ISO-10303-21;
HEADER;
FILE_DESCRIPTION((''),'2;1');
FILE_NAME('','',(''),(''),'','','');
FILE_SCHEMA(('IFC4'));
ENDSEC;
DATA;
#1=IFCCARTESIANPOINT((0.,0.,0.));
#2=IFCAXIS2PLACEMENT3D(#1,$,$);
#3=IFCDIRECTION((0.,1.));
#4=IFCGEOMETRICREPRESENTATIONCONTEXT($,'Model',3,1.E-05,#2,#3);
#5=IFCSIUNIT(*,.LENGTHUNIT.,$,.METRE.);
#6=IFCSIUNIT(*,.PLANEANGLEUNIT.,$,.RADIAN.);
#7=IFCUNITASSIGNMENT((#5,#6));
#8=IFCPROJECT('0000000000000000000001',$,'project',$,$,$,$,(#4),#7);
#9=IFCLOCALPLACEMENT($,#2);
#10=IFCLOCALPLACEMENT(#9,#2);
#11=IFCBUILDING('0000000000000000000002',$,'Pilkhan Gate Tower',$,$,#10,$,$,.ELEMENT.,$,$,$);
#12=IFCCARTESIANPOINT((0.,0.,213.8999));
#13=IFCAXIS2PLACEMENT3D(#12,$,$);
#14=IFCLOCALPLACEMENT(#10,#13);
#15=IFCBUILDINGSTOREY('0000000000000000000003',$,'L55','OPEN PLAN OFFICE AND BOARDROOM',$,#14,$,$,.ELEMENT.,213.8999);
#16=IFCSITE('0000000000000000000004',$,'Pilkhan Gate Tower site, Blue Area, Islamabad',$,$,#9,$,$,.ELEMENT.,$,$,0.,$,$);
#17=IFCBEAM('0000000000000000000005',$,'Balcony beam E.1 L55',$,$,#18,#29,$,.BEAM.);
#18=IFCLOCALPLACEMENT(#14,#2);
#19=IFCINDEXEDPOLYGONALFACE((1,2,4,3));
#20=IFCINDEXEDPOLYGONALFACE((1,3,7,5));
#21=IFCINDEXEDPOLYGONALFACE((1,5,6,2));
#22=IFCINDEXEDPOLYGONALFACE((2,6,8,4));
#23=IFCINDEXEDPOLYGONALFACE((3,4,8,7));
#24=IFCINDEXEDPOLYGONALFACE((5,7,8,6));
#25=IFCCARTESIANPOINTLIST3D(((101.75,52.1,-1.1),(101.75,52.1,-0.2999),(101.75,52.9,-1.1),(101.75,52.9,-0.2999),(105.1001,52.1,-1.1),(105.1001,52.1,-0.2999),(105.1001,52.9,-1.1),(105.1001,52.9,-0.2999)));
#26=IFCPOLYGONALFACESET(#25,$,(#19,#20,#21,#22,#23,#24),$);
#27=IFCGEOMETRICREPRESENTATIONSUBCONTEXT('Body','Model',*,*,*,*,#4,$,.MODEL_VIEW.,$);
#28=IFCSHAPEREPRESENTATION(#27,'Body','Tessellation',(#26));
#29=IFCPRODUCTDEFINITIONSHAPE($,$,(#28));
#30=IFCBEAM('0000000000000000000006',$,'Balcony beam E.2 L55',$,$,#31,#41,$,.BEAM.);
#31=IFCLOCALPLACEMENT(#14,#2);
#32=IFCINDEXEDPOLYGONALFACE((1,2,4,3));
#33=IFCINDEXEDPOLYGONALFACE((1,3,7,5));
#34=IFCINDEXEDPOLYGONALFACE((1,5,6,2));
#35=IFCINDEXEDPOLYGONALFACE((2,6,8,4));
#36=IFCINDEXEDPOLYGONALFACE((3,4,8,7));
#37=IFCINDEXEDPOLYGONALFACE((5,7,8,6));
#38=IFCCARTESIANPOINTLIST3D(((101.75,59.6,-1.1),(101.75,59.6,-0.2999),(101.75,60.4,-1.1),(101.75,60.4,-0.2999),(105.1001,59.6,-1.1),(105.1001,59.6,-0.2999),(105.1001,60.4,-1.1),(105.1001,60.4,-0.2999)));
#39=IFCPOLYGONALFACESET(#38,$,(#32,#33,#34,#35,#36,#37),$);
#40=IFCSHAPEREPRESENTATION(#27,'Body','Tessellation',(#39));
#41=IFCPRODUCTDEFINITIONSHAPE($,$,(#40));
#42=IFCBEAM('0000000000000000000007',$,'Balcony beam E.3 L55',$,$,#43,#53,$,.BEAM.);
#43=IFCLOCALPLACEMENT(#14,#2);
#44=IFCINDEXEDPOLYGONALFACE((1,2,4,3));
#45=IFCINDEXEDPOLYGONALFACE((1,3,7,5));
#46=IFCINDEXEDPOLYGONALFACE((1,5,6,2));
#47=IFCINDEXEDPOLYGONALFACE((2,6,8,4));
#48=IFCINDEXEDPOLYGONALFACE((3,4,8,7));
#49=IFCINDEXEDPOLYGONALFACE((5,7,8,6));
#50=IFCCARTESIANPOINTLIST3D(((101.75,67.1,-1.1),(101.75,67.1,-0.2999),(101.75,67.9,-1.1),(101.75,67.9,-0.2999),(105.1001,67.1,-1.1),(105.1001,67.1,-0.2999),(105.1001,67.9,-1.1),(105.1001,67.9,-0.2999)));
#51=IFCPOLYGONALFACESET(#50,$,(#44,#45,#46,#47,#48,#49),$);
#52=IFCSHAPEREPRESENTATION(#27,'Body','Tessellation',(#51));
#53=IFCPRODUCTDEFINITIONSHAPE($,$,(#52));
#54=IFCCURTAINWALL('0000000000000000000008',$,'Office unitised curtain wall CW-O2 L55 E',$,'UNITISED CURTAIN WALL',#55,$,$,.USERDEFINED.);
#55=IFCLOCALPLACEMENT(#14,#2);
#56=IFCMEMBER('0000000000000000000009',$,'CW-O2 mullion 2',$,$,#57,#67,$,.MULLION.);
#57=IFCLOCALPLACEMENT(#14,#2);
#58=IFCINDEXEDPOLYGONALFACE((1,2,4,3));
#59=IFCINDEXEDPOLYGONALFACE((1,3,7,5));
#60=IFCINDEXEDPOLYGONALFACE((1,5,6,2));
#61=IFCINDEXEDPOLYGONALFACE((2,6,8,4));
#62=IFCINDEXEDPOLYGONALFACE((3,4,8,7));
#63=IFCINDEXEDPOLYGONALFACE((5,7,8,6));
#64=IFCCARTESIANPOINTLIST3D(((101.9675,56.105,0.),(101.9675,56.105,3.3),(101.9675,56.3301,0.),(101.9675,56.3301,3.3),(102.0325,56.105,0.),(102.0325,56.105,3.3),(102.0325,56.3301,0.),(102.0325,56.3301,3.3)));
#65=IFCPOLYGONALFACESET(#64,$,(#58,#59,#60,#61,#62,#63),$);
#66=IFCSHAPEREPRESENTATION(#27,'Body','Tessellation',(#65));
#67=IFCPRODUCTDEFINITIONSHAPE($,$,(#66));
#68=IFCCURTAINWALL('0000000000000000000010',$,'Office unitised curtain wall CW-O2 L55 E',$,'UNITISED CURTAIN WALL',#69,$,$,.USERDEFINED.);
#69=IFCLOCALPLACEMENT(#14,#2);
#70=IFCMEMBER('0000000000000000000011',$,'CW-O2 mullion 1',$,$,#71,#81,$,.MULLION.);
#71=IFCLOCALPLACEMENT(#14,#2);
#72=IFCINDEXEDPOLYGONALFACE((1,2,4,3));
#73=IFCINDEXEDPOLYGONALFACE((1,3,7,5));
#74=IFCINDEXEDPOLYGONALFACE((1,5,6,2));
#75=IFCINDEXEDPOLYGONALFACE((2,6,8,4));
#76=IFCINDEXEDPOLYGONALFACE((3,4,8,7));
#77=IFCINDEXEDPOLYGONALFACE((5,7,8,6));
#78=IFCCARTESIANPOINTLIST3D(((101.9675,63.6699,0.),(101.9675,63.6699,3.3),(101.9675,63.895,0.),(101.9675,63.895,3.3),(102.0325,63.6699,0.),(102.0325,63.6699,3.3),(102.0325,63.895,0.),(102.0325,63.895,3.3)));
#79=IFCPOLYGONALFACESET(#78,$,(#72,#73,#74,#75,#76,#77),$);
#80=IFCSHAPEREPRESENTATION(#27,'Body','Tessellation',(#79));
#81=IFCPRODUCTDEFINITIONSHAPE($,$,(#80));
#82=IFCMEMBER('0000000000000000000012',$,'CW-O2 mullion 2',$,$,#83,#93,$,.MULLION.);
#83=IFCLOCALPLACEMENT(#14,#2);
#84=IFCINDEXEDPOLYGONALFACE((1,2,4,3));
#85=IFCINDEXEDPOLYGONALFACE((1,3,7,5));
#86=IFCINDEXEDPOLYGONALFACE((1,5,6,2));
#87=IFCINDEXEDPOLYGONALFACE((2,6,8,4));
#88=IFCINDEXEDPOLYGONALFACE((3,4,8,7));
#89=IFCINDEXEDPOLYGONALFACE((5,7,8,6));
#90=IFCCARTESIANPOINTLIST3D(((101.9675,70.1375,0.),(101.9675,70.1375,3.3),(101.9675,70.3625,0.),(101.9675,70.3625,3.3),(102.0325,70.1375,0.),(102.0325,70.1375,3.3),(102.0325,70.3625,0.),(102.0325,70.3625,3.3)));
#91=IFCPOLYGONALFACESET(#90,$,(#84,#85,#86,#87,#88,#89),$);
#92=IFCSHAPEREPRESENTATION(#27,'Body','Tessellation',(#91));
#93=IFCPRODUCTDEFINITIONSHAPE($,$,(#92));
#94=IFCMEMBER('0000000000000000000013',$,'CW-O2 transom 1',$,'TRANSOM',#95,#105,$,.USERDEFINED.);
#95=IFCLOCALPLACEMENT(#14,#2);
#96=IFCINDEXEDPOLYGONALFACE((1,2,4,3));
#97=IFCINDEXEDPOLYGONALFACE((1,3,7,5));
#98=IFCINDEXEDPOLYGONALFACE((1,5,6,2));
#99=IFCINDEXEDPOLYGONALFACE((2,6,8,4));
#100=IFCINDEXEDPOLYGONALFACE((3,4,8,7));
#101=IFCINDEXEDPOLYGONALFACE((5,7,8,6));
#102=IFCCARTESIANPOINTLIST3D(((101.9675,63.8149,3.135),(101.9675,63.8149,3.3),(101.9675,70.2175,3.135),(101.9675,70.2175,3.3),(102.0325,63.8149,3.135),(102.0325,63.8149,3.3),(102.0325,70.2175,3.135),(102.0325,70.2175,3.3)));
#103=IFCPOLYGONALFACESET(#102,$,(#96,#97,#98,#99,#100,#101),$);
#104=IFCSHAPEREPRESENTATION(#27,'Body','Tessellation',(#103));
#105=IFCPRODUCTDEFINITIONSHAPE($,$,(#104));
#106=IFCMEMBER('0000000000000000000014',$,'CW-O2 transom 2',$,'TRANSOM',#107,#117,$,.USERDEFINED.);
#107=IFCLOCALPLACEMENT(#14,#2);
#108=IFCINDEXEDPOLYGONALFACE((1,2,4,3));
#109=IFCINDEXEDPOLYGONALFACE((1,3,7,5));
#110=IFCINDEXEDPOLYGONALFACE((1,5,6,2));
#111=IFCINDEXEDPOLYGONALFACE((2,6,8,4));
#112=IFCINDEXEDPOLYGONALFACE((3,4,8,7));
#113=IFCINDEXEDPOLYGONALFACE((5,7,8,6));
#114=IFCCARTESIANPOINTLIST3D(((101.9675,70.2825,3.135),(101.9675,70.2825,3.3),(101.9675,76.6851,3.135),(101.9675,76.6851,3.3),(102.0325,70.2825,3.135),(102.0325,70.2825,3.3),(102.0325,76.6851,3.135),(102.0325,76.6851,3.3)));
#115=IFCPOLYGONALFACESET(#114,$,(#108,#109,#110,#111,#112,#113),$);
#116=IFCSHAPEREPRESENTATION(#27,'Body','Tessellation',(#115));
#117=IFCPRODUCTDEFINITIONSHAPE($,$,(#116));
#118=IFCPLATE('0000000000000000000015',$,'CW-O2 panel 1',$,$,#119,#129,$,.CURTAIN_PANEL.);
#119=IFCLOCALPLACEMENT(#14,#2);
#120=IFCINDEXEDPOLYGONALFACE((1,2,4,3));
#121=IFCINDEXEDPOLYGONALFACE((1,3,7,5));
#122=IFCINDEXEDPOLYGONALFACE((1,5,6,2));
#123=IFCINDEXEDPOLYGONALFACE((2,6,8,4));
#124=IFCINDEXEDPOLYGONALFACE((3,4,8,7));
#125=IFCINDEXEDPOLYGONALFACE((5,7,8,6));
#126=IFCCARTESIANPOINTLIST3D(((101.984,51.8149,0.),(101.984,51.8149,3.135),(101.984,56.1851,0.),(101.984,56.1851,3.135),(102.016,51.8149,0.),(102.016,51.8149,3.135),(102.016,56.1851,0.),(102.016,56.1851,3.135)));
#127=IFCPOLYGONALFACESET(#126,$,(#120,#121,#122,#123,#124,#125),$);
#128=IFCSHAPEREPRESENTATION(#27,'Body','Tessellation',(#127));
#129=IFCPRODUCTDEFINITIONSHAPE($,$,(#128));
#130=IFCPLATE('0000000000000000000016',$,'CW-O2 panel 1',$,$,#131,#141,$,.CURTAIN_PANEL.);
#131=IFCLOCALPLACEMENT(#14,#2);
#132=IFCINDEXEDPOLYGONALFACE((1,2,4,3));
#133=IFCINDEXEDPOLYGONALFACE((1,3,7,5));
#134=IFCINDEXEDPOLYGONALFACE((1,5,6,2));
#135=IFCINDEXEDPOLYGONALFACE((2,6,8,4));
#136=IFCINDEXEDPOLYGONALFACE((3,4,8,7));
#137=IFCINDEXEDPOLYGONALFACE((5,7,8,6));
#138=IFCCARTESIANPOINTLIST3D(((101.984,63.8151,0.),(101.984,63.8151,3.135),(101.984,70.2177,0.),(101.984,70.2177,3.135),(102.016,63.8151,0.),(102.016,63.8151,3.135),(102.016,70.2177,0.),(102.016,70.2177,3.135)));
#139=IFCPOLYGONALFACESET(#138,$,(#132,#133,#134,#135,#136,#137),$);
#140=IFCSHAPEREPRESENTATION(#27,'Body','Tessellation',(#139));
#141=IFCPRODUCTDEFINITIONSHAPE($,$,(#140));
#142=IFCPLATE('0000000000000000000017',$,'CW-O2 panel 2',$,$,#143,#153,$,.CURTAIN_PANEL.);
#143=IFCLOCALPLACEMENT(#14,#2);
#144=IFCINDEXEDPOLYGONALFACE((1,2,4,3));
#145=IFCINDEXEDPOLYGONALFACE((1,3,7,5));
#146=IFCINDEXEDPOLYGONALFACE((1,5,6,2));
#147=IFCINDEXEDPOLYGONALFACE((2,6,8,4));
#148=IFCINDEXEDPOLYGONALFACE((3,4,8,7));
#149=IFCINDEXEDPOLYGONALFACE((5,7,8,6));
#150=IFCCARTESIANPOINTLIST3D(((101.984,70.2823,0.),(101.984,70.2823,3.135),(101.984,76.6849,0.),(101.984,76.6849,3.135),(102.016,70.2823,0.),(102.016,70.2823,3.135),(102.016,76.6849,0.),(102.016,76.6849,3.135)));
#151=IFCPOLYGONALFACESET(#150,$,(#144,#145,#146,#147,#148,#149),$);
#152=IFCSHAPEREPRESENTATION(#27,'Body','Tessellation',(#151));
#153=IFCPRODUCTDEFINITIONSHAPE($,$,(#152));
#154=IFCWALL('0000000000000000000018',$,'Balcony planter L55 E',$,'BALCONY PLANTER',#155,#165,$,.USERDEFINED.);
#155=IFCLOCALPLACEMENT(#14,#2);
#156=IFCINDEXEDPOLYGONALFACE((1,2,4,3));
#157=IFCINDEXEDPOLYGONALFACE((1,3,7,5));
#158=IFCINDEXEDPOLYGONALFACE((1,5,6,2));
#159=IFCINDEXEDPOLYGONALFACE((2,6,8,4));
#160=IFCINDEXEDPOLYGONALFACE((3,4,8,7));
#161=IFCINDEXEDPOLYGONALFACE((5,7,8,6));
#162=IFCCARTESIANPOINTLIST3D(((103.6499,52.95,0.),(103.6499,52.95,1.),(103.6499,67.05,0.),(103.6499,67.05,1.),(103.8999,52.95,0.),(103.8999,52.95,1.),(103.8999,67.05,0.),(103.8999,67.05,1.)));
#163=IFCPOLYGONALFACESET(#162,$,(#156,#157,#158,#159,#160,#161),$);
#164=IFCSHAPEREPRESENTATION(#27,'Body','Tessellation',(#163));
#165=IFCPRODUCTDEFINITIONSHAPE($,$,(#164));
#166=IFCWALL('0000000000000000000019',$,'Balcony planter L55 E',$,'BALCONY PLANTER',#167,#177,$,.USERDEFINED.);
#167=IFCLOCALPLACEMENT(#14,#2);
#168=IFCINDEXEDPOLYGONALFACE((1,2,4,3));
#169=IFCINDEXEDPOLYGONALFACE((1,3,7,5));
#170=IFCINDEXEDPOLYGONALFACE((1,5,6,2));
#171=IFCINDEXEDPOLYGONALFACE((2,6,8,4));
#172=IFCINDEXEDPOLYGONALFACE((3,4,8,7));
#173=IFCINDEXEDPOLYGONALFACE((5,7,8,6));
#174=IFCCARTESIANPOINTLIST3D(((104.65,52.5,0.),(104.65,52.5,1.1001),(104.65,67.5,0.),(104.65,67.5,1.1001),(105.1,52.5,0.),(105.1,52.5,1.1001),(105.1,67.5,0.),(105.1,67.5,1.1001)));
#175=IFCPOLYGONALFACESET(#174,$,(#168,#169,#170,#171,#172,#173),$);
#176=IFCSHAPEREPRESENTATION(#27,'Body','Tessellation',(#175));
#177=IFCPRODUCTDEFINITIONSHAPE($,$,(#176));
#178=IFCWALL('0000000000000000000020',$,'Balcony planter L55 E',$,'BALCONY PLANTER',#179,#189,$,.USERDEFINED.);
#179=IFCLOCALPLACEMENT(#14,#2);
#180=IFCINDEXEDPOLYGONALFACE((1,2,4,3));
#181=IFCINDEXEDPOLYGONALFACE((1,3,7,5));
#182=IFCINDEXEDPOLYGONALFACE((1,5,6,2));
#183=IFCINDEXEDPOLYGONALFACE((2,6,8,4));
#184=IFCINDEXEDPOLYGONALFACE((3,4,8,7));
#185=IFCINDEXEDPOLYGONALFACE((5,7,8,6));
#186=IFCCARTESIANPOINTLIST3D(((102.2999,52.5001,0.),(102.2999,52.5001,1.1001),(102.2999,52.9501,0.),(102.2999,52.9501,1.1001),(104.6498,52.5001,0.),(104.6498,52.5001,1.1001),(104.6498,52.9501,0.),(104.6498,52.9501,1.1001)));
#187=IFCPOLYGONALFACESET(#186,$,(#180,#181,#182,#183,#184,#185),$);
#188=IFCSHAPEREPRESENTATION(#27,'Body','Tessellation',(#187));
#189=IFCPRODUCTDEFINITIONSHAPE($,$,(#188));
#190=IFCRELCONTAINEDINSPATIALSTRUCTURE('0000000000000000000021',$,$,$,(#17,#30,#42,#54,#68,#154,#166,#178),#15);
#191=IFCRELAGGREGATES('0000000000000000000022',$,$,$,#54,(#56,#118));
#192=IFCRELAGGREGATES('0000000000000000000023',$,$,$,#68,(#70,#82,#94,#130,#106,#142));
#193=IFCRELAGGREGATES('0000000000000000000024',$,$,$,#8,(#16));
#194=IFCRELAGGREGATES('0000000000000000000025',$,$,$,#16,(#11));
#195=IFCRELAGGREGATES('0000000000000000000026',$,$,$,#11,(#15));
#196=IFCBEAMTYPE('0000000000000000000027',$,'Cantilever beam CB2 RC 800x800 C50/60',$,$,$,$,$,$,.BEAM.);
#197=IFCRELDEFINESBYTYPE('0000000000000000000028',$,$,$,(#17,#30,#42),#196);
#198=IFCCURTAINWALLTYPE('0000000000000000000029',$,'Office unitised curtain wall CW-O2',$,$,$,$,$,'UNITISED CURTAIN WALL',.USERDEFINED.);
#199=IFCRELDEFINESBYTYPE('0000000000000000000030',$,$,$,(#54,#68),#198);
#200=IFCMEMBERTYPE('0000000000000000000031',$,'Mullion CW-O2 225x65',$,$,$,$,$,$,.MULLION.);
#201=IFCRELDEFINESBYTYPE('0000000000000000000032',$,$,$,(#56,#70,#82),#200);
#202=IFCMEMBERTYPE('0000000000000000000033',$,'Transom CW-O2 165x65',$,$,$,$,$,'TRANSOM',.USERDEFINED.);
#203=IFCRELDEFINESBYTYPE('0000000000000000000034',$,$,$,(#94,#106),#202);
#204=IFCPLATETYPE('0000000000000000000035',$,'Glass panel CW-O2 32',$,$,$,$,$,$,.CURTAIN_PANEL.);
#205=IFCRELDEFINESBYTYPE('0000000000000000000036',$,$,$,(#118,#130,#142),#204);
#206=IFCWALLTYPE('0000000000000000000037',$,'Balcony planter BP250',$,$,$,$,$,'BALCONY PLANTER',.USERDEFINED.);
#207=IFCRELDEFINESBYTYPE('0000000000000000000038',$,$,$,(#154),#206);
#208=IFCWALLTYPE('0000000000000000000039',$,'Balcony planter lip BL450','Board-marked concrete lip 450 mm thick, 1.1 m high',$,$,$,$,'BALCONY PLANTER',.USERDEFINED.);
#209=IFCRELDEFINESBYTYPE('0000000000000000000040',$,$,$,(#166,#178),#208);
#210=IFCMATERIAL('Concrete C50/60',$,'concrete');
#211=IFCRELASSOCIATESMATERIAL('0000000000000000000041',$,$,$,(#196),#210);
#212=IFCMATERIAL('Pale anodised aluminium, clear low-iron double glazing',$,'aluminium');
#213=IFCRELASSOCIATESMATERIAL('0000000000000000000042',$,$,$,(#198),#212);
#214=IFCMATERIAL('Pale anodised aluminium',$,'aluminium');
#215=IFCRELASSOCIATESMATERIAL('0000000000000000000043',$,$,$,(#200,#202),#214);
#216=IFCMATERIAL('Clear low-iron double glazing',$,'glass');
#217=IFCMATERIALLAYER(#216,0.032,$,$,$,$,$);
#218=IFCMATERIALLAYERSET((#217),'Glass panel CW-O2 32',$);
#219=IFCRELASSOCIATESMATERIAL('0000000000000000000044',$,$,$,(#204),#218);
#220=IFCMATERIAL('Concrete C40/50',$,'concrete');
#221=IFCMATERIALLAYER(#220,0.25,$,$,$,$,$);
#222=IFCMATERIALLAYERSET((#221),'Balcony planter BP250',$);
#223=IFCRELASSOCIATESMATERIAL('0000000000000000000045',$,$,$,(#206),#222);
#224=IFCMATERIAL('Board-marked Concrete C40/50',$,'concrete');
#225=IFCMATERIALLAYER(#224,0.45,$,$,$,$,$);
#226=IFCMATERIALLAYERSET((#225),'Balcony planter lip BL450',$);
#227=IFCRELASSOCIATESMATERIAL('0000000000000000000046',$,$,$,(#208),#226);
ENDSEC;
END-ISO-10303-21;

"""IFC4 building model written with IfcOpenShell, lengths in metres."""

from ifc_helpers import new_model, si_unit, direction, frame, frame_2d, origin, origin_2d, place, context, subcontext, project, spatial, rectangle, extrude, material, layer, layer_set, material_profile, profile_set, type_object, element, aggregate, save


model = new_model("IFC4")

# Units and contexts
model_context = context("Model", 3, precision=1e-05, world=origin(), true_north=direction((0.0, 1.0)))
body_context = subcontext(model_context, "Body", "Model", "MODEL_VIEW")
ifc_project = project(units=[si_unit("LENGTHUNIT", "METRE"), si_unit("PLANEANGLEUNIT", "RADIAN")], contexts=[model_context])

# Site, building, storey
site_placement = place(None, origin())
site = spatial("IfcSite", under=ifc_project, at=site_placement, Name="Pilkhan Gate Tower site, Blue Area, Islamabad", CompositionType="ELEMENT", RefElevation=0.0)
building_placement = place(site_placement, origin())
building = spatial("IfcBuilding", under=site, at=building_placement, Name="Pilkhan Gate Tower", CompositionType="ELEMENT")
storey_placement = place(building_placement, frame((0.0, 0.0, 213.8999)))
storey = spatial("IfcBuildingStorey", under=building, at=storey_placement, Name="L55", Description="OPEN PLAN OFFICE AND BOARDROOM", CompositionType="ELEMENT", Elevation=213.8999)

# Beams
ifc_material_1 = material(Name="Concrete C50/60", Category="concrete")
ifc_material_profile_1 = material_profile(ifc_material_1, rectangle(XDim=0.8, YDim=0.8, at=origin_2d()), Name="RC 800x800")
ifc_profile_set_1 = profile_set([ifc_material_profile_1], Name="Concrete C50/60")
beam_type = type_object("IfcBeamType", Name="Cantilever beam CB2 RC 800x800 C50/60", PredefinedType="BEAM", material=ifc_profile_set_1)
for number, where, z_axis, x_axis, name in (
    (1, (101.75, 52.5, -0.7), (1.0, 0.0, 0.0), (0.0, 1.0, 0.0), "Balcony beam E.1 L55"),
    (2, (101.75, 60.0, -0.7), (1.0, 0.0, 0.0), (0.0, 1.0, 0.0), "Balcony beam E.2 L55"),
    (3, (101.75, 67.5, -0.7), (1.0, 0.0, 0.0), (0.0, 1.0, 0.0), "Balcony beam E.3 L55"),
):
    element("IfcBeam", number, at=place(storey_placement, frame(where, z_axis=z_axis, x_axis=x_axis)), inside=storey, type_object=beam_type, Name=name, PredefinedType="BEAM", context=body_context, shape_type="SweptSolid", body=[
        extrude(rectangle(XDim=0.8, YDim=0.8, at=origin_2d()), origin(), (0.0, 0.0, 1.0), 3.3501),
    ])

# Curtain wall, member
ifc_material_2 = material(Name="Pale anodised aluminium, clear low-iron double glazing", Category="aluminium")
curtain_wall_type = type_object("IfcCurtainWallType", Name="Office unitised curtain wall CW-O2", ElementType="UNITISED CURTAIN WALL", PredefinedType="USERDEFINED", material=ifc_material_2)
curtain_wall_1_placement = place(storey_placement, origin())
curtain_wall_1 = element("IfcCurtainWall", 4, at=curtain_wall_1_placement, inside=storey, type_object=curtain_wall_type, Name="Office unitised curtain wall CW-O2 L55 E", ObjectType="UNITISED CURTAIN WALL", PredefinedType="USERDEFINED")
ifc_material_3 = material(Name="Pale anodised aluminium", Category="aluminium")
ifc_material_profile_2 = material_profile(ifc_material_3, rectangle(XDim=0.0649, YDim=0.2251, at=origin_2d()), Name="Mullion 225x65")
ifc_profile_set_2 = profile_set([ifc_material_profile_2], Name="Pale anodised aluminium")
member_type_1 = type_object("IfcMemberType", Name="Mullion CW-O2 225x65", PredefinedType="MULLION", material=ifc_profile_set_2)
member_1_placement = place(storey_placement, frame((102.0, 56.2175, 0.0), z_axis=(0.0, 0.0, 1.0), x_axis=(-1.0, 0.0, 0.0)))
member_1 = element("IfcMember", 5, at=member_1_placement, type_object=member_type_1, Name="CW-O2 mullion 2", PredefinedType="MULLION", context=body_context, shape_type="SweptSolid", body=[
    extrude(rectangle(XDim=0.0649, YDim=0.2251, at=origin_2d()), origin(), (0.0, 0.0, 1.0), 3.3),
])

# Curtain wall, members
curtain_wall_2_placement = place(storey_placement, origin())
curtain_wall_2 = element("IfcCurtainWall", 6, at=curtain_wall_2_placement, inside=storey, type_object=curtain_wall_type, Name="Office unitised curtain wall CW-O2 L55 E", ObjectType="UNITISED CURTAIN WALL", PredefinedType="USERDEFINED")
member_2_placement = place(storey_placement, frame((102.0, 63.7825, 0.0), z_axis=(0.0, 0.0, 1.0), x_axis=(-1.0, 0.0, 0.0)))
member_2 = element("IfcMember", 7, at=member_2_placement, type_object=member_type_1, Name="CW-O2 mullion 1", PredefinedType="MULLION", context=body_context, shape_type="SweptSolid", body=[
    extrude(rectangle(XDim=0.0649, YDim=0.2251, at=origin_2d()), origin(), (0.0, 0.0, 1.0), 3.3),
])
member_3_placement = place(storey_placement, frame((102.0, 70.25, 0.0), z_axis=(0.0, 0.0, 1.0), x_axis=(-1.0, 0.0, 0.0)))
member_3 = element("IfcMember", 8, at=member_3_placement, type_object=member_type_1, Name="CW-O2 mullion 2", PredefinedType="MULLION", context=body_context, shape_type="SweptSolid", body=[
    extrude(rectangle(XDim=0.0649, YDim=0.2251, at=origin_2d()), origin(), (0.0, 0.0, 1.0), 3.3),
])
ifc_material_profile_3 = material_profile(ifc_material_3, rectangle(XDim=0.0649, YDim=0.165, at=origin_2d()), Name="Transom 165x65")
ifc_profile_set_3 = profile_set([ifc_material_profile_3], Name="Pale anodised aluminium")
member_type_2 = type_object("IfcMemberType", Name="Transom CW-O2 165x65", ElementType="TRANSOM", PredefinedType="USERDEFINED", material=ifc_profile_set_3)
member_4_placement = place(storey_placement, frame((102.0, 63.8149, 3.2175), z_axis=(0.0, 1.0, 0.0), x_axis=(-1.0, 0.0, 0.0)))
member_4 = element("IfcMember", 9, at=member_4_placement, type_object=member_type_2, Name="CW-O2 transom 1", ObjectType="TRANSOM", PredefinedType="USERDEFINED", context=body_context, shape_type="SweptSolid", body=[
    extrude(rectangle(XDim=0.0649, YDim=0.165, at=origin_2d()), origin(), (0.0, 0.0, 1.0), 6.4026),
])
member_5_placement = place(storey_placement, frame((102.0, 70.2825, 3.2175), z_axis=(0.0, 1.0, 0.0), x_axis=(-1.0, 0.0, 0.0)))
member_5 = element("IfcMember", 10, at=member_5_placement, type_object=member_type_2, Name="CW-O2 transom 2", ObjectType="TRANSOM", PredefinedType="USERDEFINED", context=body_context, shape_type="SweptSolid", body=[
    extrude(rectangle(XDim=0.0649, YDim=0.165, at=origin_2d()), origin(), (0.0, 0.0, 1.0), 6.4026),
])

# Plates
ifc_material_4 = material(Name="Clear low-iron double glazing", Category="glass")
ifc_layer_1 = layer(ifc_material_4, 0.032)
ifc_layer_set_1 = layer_set([ifc_layer_1], Name="Glass panel CW-O2 32")
plate_type = type_object("IfcPlateType", Name="Glass panel CW-O2 32", PredefinedType="CURTAIN_PANEL", material=ifc_layer_set_1)
plate_1_placement = place(storey_placement, frame((102.0, 54.0, 0.0), z_axis=(0.0, 0.0, 1.0), x_axis=(0.0, 1.0, 0.0)))
plate_1 = element("IfcPlate", 11, at=plate_1_placement, type_object=plate_type, Name="CW-O2 panel 1", PredefinedType="CURTAIN_PANEL", context=body_context, shape_type="SweptSolid", body=[
    extrude(rectangle(XDim=4.3701, YDim=0.032, at=origin_2d()), origin(), (0.0, 0.0, 1.0), 3.135),
])
aggregate(curtain_wall_1, [member_1, plate_1])
plate_2_placement = place(storey_placement, frame((102.0, 67.0164, 0.0), z_axis=(0.0, 0.0, 1.0), x_axis=(0.0, 1.0, 0.0)))
plate_2 = element("IfcPlate", 12, at=plate_2_placement, type_object=plate_type, Name="CW-O2 panel 1", PredefinedType="CURTAIN_PANEL", context=body_context, shape_type="SweptSolid", body=[
    extrude(rectangle(XDim=6.4026, YDim=0.032, at=origin_2d()), origin(), (0.0, 0.0, 1.0), 3.135),
])
plate_3_placement = place(storey_placement, frame((102.0, 73.4836, 0.0), z_axis=(0.0, 0.0, 1.0), x_axis=(0.0, 1.0, 0.0)))
plate_3 = element("IfcPlate", 13, at=plate_3_placement, type_object=plate_type, Name="CW-O2 panel 2", PredefinedType="CURTAIN_PANEL", context=body_context, shape_type="SweptSolid", body=[
    extrude(rectangle(XDim=6.4026, YDim=0.032, at=origin_2d()), origin(), (0.0, 0.0, 1.0), 3.135),
])
aggregate(curtain_wall_2, [member_2, member_3, member_4, plate_2, member_5, plate_3])

# Walls
ifc_material_5 = material(Name="Concrete C40/50", Category="concrete")
ifc_layer_2 = layer(ifc_material_5, 0.25)
ifc_layer_set_2 = layer_set([ifc_layer_2], Name="Balcony planter BP250")
wall_type_1 = type_object("IfcWallType", Name="Balcony planter BP250", ElementType="BALCONY PLANTER", PredefinedType="USERDEFINED", material=ifc_layer_set_2)
wall_1_placement = place(storey_placement, frame((103.7749, 52.95, 0.0), z_axis=(0.0, 0.0, 1.0), x_axis=(0.0, 1.0, 0.0)))
element("IfcWall", 14, at=wall_1_placement, inside=storey, type_object=wall_type_1, Name="Balcony planter L55 E", ObjectType="BALCONY PLANTER", PredefinedType="USERDEFINED", context=body_context, shape_type="SweptSolid", body=[
    extrude(rectangle(XDim=14.1001, YDim=0.25, at=frame_2d((7.05, 0.0))), origin(), (0.0, 0.0, 1.0), 1.0),
])
ifc_material_6 = material(Name="Board-marked Concrete C40/50", Category="concrete")
ifc_layer_3 = layer(ifc_material_6, 0.45)
ifc_layer_set_3 = layer_set([ifc_layer_3], Name="Balcony planter lip BL450")
wall_type_2 = type_object("IfcWallType", Name="Balcony planter lip BL450", Description="Board-marked concrete lip 450 mm thick, 1.1 m high", ElementType="BALCONY PLANTER", PredefinedType="USERDEFINED", material=ifc_layer_set_3)
wall_2_placement = place(storey_placement, frame((104.875, 52.5, 0.0), z_axis=(0.0, 0.0, 1.0), x_axis=(0.0, 1.0, 0.0)))
element("IfcWall", 15, at=wall_2_placement, inside=storey, type_object=wall_type_2, Name="Balcony planter L55 E", ObjectType="BALCONY PLANTER", PredefinedType="USERDEFINED", context=body_context, shape_type="SweptSolid", body=[
    extrude(rectangle(XDim=15.0, YDim=0.45, at=frame_2d((7.5, 0.0))), origin(), (0.0, 0.0, 1.0), 1.1001),
])
for number, where, z_axis, x_axis, name in (
    (16, (102.3, 52.7251, 0.0), (0.0, 0.0, 1.0), (1.0, 0.0, 0.0), "Balcony planter L55 E"),
):
    element("IfcWall", number, at=place(storey_placement, frame(where, z_axis=z_axis, x_axis=x_axis)), inside=storey, type_object=wall_type_2, Name=name, ObjectType="BALCONY PLANTER", PredefinedType="USERDEFINED", context=body_context, shape_type="SweptSolid", body=[
        extrude(rectangle(XDim=2.3499, YDim=0.45, at=frame_2d((1.1748, 0.0))), origin(), (0.0, 0.0, 1.0), 1.1001),
    ])

save(model, "model.ifc")
